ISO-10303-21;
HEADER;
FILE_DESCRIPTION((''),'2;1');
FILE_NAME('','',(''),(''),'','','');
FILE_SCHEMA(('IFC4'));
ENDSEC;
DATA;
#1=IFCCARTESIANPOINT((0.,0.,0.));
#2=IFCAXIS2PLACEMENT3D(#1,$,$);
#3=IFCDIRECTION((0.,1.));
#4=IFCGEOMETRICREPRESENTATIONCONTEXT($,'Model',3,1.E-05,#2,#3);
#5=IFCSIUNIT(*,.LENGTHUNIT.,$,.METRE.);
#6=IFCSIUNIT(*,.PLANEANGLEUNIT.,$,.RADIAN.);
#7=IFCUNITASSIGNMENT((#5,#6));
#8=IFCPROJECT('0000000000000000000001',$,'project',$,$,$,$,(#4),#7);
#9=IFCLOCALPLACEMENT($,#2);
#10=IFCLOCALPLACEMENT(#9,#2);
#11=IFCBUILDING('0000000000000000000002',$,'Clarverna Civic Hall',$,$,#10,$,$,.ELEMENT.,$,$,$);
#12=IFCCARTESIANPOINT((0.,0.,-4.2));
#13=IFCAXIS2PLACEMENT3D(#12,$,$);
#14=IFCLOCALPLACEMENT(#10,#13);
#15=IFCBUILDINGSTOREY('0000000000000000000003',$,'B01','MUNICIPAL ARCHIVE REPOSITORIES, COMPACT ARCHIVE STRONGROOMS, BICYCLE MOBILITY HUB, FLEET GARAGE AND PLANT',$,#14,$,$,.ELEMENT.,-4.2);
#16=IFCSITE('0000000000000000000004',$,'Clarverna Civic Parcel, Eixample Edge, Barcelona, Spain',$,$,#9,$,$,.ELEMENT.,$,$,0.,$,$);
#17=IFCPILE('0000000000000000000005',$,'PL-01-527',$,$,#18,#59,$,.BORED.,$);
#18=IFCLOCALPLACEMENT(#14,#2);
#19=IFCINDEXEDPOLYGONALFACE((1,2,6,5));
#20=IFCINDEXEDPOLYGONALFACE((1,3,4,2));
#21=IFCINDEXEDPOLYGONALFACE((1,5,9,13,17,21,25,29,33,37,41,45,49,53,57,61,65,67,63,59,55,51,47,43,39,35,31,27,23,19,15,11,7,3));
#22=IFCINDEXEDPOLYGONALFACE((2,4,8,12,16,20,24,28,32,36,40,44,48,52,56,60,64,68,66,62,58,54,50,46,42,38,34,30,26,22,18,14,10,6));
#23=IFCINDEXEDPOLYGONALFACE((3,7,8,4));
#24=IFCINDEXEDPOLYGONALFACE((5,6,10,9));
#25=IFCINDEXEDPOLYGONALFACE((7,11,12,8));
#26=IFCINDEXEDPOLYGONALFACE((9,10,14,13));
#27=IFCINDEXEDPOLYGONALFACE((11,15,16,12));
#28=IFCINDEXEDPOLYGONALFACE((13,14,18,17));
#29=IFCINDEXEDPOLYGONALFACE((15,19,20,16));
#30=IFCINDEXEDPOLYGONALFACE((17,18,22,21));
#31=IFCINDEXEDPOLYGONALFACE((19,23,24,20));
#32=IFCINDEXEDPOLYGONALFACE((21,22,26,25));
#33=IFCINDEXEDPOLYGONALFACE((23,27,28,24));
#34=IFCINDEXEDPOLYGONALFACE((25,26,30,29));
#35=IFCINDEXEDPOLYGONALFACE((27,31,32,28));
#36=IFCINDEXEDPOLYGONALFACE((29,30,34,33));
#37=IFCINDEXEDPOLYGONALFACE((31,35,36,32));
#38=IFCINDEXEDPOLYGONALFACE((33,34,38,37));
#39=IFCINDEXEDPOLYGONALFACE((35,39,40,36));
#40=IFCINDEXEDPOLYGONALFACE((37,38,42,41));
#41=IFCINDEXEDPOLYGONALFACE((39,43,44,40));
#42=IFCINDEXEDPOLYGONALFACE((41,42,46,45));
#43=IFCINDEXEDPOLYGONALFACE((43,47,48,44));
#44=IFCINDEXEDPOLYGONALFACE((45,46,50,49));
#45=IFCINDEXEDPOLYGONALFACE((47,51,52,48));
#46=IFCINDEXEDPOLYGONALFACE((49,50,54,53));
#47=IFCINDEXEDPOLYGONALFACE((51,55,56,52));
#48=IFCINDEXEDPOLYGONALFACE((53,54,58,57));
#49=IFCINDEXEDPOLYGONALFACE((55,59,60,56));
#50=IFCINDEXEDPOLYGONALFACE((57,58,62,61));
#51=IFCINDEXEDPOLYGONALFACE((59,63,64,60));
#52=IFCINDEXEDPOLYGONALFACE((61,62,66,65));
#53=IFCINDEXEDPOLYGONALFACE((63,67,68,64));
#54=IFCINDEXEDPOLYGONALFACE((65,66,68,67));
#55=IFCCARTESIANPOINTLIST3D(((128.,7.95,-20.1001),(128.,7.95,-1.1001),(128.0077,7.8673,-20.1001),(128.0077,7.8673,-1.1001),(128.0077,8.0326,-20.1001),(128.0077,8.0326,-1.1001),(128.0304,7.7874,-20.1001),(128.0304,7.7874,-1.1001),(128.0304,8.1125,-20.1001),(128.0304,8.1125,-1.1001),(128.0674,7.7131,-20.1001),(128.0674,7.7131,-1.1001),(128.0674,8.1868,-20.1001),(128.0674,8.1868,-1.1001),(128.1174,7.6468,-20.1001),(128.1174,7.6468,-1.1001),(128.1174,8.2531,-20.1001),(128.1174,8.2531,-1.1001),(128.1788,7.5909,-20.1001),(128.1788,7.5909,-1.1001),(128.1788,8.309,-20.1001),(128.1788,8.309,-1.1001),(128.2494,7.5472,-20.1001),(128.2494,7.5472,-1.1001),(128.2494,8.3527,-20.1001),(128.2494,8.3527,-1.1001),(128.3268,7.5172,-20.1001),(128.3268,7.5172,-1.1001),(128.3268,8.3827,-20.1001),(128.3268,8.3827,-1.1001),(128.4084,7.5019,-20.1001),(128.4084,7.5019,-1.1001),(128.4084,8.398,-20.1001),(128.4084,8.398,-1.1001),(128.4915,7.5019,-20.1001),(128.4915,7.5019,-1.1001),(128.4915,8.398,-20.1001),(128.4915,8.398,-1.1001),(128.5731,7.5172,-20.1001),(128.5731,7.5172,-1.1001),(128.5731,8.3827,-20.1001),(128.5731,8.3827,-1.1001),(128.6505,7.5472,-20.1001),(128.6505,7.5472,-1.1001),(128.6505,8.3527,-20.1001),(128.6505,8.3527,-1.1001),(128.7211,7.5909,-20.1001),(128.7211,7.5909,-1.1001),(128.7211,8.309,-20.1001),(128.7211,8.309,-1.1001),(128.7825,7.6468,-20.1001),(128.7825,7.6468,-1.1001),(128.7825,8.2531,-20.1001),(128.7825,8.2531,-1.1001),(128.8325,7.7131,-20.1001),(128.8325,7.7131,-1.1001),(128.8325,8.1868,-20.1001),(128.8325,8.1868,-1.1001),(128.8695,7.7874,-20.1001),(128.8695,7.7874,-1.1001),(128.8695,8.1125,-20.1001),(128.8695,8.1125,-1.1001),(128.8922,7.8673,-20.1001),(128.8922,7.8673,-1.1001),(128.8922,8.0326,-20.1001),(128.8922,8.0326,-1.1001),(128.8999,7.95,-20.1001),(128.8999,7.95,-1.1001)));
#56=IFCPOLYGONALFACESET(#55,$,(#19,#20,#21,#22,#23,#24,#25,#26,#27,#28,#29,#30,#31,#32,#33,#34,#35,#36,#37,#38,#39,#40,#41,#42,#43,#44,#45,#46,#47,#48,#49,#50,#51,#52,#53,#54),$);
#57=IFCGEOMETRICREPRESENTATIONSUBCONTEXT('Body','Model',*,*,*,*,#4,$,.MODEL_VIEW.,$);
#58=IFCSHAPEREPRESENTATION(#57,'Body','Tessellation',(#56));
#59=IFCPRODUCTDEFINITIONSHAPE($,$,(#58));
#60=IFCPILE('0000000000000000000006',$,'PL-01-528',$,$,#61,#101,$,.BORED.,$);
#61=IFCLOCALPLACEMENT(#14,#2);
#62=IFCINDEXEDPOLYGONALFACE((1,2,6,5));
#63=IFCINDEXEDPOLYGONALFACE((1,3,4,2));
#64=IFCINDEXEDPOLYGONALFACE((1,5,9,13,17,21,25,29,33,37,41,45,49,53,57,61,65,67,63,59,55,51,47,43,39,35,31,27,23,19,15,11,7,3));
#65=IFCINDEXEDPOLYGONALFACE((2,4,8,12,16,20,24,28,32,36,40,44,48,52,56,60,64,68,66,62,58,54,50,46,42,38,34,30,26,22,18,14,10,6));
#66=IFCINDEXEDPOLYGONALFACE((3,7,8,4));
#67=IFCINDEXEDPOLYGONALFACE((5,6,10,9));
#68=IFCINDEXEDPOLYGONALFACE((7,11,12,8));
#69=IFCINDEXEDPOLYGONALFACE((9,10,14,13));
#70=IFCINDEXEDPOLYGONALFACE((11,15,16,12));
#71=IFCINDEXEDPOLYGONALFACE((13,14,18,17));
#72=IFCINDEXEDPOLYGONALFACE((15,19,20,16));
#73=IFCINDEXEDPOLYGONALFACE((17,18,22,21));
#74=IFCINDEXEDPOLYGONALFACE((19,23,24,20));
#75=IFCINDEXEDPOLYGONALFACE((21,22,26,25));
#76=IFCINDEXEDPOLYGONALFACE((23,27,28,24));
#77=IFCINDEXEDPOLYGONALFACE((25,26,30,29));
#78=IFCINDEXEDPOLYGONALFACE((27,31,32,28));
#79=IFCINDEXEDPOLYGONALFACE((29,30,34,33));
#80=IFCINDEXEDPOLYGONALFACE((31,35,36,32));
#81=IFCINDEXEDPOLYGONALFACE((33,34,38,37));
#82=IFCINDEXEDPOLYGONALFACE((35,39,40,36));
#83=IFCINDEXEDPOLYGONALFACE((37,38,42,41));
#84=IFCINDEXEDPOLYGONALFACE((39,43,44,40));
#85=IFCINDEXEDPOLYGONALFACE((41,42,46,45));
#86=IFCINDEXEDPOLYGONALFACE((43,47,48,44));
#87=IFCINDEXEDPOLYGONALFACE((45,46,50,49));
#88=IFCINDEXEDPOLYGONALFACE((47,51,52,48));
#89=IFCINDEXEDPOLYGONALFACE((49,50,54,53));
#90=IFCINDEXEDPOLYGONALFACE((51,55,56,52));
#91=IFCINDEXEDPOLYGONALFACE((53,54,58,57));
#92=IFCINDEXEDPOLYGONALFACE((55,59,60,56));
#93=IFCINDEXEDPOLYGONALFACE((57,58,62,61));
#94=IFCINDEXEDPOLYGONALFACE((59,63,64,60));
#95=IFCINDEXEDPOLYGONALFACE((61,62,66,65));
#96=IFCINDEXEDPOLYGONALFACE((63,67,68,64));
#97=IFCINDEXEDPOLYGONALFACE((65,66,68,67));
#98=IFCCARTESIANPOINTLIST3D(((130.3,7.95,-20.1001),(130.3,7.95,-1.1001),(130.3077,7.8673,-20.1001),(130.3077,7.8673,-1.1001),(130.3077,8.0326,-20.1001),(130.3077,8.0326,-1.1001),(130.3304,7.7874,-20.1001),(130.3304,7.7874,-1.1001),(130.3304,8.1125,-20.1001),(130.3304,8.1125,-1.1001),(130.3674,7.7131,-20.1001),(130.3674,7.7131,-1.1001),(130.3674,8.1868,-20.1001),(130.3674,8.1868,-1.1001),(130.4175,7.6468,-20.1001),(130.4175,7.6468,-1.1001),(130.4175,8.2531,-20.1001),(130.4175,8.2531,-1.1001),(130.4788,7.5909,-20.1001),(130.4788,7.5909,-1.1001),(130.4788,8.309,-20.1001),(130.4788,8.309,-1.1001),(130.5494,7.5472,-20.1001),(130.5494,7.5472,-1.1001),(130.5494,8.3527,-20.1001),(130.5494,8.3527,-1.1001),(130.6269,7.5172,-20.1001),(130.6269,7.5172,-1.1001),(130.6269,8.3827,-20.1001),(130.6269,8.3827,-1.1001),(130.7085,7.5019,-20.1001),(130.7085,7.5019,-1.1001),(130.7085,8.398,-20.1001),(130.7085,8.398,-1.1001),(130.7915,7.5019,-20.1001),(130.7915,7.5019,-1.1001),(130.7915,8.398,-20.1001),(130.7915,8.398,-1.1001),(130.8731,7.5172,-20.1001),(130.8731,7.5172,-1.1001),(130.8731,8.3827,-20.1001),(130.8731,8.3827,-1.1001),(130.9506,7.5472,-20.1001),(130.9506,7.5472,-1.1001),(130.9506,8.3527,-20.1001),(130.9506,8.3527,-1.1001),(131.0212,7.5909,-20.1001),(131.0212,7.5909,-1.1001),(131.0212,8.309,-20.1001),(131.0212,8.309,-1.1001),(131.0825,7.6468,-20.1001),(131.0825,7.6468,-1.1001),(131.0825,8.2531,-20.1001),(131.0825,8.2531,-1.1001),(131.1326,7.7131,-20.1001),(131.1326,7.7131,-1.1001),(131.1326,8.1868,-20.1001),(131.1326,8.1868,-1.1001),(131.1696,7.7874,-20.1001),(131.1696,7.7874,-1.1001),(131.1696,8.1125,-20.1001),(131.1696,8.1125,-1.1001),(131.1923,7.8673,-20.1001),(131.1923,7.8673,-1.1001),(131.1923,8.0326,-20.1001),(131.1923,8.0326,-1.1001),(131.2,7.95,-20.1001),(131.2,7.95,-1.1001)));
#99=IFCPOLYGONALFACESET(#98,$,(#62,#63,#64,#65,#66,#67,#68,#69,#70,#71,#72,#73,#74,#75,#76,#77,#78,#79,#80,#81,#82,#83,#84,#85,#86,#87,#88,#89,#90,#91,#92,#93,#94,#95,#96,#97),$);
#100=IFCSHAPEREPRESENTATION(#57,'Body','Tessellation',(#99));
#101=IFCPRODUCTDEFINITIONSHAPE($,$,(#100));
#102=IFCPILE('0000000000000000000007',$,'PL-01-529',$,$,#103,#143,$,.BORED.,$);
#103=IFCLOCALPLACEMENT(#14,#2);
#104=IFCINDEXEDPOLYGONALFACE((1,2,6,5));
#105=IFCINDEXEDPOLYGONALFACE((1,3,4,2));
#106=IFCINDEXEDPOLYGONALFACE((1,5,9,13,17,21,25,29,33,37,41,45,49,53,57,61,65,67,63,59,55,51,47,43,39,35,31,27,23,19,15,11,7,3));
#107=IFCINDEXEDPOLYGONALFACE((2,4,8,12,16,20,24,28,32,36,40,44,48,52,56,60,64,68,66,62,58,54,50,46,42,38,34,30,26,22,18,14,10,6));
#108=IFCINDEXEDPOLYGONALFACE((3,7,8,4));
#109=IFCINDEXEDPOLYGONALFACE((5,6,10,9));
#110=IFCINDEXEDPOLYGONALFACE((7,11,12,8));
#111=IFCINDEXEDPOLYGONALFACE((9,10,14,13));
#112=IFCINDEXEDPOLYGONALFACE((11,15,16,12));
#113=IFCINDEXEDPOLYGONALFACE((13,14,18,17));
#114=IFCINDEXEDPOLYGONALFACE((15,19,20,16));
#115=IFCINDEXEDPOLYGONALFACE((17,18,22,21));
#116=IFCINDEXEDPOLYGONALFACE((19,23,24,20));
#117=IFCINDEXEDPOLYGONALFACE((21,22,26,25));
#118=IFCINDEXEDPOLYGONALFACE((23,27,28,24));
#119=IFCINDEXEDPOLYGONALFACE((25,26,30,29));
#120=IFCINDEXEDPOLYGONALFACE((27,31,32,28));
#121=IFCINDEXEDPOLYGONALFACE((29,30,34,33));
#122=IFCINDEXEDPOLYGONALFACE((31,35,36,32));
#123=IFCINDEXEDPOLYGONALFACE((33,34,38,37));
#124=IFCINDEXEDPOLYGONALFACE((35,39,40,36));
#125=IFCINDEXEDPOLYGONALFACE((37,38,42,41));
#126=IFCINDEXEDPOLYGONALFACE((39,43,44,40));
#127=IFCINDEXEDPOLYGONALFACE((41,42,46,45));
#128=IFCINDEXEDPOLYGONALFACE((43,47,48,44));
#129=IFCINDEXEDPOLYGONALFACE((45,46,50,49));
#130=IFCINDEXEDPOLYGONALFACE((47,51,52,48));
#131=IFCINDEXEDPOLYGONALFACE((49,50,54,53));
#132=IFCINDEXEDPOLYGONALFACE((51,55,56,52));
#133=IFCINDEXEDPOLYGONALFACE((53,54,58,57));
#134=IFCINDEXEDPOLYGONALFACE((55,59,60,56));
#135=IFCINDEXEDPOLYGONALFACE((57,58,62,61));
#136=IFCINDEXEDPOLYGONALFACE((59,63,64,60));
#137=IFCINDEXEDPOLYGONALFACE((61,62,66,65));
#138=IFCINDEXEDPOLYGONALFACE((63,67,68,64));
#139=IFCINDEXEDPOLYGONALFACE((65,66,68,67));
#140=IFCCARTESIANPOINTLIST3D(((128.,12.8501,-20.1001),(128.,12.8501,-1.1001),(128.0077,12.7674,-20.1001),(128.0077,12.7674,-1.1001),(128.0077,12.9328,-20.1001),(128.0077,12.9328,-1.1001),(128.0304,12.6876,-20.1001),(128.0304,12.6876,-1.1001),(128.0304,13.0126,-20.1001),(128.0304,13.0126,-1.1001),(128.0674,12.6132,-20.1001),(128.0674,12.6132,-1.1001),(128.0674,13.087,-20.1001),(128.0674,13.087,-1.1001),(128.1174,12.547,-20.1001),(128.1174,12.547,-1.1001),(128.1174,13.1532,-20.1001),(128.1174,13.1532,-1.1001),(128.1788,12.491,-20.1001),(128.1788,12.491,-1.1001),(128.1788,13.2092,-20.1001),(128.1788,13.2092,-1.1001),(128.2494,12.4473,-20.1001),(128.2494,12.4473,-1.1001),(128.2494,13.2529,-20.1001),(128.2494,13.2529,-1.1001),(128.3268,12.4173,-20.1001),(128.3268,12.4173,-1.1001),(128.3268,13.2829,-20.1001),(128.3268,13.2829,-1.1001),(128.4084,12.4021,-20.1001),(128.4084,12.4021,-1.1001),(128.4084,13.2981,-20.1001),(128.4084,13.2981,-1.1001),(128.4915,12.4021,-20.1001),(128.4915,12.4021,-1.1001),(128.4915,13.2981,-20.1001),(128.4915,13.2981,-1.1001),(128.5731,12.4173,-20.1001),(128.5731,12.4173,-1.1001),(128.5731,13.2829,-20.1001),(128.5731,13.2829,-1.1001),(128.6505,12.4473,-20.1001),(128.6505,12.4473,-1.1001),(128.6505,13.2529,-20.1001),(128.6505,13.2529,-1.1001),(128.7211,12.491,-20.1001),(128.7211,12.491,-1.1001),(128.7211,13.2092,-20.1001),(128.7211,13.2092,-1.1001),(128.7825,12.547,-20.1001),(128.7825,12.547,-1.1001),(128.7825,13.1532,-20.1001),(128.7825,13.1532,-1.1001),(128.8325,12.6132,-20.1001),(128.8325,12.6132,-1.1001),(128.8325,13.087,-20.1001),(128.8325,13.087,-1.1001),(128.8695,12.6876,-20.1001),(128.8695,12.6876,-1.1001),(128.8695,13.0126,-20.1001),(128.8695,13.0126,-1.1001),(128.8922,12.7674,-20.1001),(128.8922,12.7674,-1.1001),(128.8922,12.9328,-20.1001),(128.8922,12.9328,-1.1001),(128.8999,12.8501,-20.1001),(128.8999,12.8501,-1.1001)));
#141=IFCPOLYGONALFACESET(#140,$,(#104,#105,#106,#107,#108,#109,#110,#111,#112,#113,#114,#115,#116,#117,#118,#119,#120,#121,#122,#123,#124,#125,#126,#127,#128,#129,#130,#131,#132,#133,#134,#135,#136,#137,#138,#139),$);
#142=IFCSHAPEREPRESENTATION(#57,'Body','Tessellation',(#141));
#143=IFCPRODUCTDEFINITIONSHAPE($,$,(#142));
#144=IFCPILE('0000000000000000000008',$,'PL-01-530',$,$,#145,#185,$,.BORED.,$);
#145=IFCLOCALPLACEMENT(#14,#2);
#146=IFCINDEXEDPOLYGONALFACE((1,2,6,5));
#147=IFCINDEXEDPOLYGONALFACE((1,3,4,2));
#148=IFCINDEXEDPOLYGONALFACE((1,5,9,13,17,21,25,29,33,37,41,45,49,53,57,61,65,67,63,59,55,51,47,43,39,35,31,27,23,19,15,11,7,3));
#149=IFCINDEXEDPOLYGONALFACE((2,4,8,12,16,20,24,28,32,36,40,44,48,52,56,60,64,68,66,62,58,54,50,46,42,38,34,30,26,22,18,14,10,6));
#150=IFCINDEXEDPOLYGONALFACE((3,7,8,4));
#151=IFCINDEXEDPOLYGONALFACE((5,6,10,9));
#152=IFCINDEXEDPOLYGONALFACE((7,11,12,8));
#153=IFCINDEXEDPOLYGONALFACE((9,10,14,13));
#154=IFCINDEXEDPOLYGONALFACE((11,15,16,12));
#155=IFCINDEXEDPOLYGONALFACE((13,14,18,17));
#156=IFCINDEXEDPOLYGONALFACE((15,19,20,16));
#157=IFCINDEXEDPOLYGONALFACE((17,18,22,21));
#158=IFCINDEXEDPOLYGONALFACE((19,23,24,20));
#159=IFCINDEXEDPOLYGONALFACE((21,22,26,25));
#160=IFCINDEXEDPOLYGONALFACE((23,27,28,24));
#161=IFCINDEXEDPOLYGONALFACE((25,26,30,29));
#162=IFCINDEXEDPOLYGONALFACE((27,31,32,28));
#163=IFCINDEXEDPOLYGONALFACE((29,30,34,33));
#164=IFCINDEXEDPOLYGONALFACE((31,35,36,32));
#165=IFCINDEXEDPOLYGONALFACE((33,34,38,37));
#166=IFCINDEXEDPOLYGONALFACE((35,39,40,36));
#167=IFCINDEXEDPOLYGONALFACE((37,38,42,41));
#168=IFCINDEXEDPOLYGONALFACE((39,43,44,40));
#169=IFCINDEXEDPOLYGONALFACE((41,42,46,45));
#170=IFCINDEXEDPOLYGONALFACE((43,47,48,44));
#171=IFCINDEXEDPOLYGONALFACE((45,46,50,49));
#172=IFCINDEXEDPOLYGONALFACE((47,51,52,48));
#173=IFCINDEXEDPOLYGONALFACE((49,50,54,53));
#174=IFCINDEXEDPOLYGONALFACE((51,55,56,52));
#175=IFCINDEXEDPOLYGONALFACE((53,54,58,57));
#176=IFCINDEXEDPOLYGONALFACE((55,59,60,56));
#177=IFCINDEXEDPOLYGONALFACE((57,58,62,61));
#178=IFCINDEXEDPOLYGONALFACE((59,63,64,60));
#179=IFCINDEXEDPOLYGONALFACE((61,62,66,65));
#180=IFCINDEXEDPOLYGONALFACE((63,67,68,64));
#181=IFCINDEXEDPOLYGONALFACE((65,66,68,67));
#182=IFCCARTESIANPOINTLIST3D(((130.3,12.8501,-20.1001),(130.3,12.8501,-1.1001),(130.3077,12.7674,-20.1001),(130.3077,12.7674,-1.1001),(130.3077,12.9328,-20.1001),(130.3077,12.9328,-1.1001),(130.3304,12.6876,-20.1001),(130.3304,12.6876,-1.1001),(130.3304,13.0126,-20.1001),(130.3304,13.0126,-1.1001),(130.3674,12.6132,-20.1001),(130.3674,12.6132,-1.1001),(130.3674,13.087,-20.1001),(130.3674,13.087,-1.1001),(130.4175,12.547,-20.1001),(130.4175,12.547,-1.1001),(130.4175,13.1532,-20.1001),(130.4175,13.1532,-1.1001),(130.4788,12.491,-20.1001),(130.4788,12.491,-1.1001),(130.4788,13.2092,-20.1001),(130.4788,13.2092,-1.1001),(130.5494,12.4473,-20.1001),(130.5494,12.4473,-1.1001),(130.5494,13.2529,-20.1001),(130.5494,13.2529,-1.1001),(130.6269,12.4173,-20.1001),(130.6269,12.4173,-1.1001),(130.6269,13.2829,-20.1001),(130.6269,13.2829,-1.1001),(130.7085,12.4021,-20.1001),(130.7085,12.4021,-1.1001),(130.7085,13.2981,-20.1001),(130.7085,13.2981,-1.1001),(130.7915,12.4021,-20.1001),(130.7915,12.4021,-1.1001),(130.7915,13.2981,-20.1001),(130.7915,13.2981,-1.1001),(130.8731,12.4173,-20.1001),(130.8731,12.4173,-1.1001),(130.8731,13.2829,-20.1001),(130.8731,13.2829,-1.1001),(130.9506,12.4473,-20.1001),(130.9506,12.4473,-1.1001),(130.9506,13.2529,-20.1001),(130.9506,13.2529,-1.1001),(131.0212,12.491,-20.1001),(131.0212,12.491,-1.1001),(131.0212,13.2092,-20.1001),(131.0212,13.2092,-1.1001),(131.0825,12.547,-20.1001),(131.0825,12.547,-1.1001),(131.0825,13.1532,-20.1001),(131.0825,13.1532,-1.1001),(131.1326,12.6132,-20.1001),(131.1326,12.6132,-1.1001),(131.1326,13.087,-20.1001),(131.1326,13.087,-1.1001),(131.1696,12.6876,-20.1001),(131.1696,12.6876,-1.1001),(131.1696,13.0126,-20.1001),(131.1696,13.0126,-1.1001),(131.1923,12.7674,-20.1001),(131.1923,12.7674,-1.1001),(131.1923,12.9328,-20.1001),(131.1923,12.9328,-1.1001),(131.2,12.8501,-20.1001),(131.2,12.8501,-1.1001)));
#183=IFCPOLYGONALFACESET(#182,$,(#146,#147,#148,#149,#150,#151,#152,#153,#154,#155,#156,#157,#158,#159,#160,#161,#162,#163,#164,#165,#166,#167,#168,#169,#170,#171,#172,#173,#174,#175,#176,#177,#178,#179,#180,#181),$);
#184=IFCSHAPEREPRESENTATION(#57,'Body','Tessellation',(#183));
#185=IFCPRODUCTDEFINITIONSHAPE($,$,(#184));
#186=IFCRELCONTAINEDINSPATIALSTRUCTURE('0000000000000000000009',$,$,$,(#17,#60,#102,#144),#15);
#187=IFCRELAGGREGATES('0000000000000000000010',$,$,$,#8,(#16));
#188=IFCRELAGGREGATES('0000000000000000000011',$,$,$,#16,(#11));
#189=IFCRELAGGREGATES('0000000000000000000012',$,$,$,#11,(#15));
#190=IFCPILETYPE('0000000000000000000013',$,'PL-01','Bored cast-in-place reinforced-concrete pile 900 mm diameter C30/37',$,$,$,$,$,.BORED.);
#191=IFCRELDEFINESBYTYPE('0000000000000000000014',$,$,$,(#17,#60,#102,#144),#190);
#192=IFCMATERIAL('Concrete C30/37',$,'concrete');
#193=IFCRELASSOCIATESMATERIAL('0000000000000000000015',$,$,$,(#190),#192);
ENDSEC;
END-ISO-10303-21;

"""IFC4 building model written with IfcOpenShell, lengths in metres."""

from ifc_helpers import new_model, si_unit, direction, frame, origin, origin_2d, place, context, subcontext, project, spatial, circle, extrude, material, material_profile, profile_set, type_object, element, save


model = new_model("IFC4")

# Units and contexts
model_context = context("Model", 3, precision=1e-05, world=origin(), true_north=direction((0.0, 1.0)))
body_context = subcontext(model_context, "Body", "Model", "MODEL_VIEW")
ifc_project = project(units=[si_unit("LENGTHUNIT", "METRE"), si_unit("PLANEANGLEUNIT", "RADIAN")], contexts=[model_context])

# Site, building, storey
site_placement = place(None, origin())
site = spatial("IfcSite", under=ifc_project, at=site_placement, Name="Clarverna Civic Parcel, Eixample Edge, Barcelona, Spain", CompositionType="ELEMENT", RefElevation=0.0)
building_placement = place(site_placement, origin())
building = spatial("IfcBuilding", under=site, at=building_placement, Name="Clarverna Civic Hall", CompositionType="ELEMENT")
storey_placement = place(building_placement, frame((0.0, 0.0, -4.2)))
storey = spatial("IfcBuildingStorey", under=building, at=storey_placement, Name="B01", Description="MUNICIPAL ARCHIVE REPOSITORIES, COMPACT ARCHIVE STRONGROOMS, BICYCLE MOBILITY HUB, FLEET GARAGE AND PLANT", CompositionType="ELEMENT", Elevation=-4.2)

# Shared definitions
ifc_material_1 = material(Name="Concrete C30/37", Category="concrete")

# Piles
ifc_material_profile_1 = material_profile(ifc_material_1, circle(Radius=0.45, at=origin_2d()), Name="BORED PILE D900")
ifc_profile_set_1 = profile_set([ifc_material_profile_1], Name="Concrete C30/37")
pile_type = type_object("IfcPileType", Name="PL-01", Description="Bored cast-in-place reinforced-concrete pile 900 mm diameter C30/37", PredefinedType="BORED", material=ifc_profile_set_1)
for number, where, z_axis, x_axis, name in (
    (1, (128.45, 7.95, -1.1001), (0.0, 0.0, -1.0), (1.0, 0.0, 0.0), "PL-01-527"),
    (2, (130.75, 7.95, -1.1001), (0.0, 0.0, -1.0), (1.0, 0.0, 0.0), "PL-01-528"),
    (3, (128.45, 12.8501, -1.1001), (0.0, 0.0, -1.0), (1.0, 0.0, 0.0), "PL-01-529"),
    (4, (130.75, 12.8501, -1.1001), (0.0, 0.0, -1.0), (1.0, 0.0, 0.0), "PL-01-530"),
):
    element("IfcPile", number, at=place(storey_placement, frame(where, z_axis=z_axis, x_axis=x_axis)), inside=storey, type_object=pile_type, Name=name, PredefinedType="BORED", context=body_context, shape_type="SweptSolid", body=[
        extrude(circle(Radius=0.45, at=origin_2d()), origin(), (0.0, 0.0, 1.0), 19.0),
    ])

save(model, "model.ifc")
